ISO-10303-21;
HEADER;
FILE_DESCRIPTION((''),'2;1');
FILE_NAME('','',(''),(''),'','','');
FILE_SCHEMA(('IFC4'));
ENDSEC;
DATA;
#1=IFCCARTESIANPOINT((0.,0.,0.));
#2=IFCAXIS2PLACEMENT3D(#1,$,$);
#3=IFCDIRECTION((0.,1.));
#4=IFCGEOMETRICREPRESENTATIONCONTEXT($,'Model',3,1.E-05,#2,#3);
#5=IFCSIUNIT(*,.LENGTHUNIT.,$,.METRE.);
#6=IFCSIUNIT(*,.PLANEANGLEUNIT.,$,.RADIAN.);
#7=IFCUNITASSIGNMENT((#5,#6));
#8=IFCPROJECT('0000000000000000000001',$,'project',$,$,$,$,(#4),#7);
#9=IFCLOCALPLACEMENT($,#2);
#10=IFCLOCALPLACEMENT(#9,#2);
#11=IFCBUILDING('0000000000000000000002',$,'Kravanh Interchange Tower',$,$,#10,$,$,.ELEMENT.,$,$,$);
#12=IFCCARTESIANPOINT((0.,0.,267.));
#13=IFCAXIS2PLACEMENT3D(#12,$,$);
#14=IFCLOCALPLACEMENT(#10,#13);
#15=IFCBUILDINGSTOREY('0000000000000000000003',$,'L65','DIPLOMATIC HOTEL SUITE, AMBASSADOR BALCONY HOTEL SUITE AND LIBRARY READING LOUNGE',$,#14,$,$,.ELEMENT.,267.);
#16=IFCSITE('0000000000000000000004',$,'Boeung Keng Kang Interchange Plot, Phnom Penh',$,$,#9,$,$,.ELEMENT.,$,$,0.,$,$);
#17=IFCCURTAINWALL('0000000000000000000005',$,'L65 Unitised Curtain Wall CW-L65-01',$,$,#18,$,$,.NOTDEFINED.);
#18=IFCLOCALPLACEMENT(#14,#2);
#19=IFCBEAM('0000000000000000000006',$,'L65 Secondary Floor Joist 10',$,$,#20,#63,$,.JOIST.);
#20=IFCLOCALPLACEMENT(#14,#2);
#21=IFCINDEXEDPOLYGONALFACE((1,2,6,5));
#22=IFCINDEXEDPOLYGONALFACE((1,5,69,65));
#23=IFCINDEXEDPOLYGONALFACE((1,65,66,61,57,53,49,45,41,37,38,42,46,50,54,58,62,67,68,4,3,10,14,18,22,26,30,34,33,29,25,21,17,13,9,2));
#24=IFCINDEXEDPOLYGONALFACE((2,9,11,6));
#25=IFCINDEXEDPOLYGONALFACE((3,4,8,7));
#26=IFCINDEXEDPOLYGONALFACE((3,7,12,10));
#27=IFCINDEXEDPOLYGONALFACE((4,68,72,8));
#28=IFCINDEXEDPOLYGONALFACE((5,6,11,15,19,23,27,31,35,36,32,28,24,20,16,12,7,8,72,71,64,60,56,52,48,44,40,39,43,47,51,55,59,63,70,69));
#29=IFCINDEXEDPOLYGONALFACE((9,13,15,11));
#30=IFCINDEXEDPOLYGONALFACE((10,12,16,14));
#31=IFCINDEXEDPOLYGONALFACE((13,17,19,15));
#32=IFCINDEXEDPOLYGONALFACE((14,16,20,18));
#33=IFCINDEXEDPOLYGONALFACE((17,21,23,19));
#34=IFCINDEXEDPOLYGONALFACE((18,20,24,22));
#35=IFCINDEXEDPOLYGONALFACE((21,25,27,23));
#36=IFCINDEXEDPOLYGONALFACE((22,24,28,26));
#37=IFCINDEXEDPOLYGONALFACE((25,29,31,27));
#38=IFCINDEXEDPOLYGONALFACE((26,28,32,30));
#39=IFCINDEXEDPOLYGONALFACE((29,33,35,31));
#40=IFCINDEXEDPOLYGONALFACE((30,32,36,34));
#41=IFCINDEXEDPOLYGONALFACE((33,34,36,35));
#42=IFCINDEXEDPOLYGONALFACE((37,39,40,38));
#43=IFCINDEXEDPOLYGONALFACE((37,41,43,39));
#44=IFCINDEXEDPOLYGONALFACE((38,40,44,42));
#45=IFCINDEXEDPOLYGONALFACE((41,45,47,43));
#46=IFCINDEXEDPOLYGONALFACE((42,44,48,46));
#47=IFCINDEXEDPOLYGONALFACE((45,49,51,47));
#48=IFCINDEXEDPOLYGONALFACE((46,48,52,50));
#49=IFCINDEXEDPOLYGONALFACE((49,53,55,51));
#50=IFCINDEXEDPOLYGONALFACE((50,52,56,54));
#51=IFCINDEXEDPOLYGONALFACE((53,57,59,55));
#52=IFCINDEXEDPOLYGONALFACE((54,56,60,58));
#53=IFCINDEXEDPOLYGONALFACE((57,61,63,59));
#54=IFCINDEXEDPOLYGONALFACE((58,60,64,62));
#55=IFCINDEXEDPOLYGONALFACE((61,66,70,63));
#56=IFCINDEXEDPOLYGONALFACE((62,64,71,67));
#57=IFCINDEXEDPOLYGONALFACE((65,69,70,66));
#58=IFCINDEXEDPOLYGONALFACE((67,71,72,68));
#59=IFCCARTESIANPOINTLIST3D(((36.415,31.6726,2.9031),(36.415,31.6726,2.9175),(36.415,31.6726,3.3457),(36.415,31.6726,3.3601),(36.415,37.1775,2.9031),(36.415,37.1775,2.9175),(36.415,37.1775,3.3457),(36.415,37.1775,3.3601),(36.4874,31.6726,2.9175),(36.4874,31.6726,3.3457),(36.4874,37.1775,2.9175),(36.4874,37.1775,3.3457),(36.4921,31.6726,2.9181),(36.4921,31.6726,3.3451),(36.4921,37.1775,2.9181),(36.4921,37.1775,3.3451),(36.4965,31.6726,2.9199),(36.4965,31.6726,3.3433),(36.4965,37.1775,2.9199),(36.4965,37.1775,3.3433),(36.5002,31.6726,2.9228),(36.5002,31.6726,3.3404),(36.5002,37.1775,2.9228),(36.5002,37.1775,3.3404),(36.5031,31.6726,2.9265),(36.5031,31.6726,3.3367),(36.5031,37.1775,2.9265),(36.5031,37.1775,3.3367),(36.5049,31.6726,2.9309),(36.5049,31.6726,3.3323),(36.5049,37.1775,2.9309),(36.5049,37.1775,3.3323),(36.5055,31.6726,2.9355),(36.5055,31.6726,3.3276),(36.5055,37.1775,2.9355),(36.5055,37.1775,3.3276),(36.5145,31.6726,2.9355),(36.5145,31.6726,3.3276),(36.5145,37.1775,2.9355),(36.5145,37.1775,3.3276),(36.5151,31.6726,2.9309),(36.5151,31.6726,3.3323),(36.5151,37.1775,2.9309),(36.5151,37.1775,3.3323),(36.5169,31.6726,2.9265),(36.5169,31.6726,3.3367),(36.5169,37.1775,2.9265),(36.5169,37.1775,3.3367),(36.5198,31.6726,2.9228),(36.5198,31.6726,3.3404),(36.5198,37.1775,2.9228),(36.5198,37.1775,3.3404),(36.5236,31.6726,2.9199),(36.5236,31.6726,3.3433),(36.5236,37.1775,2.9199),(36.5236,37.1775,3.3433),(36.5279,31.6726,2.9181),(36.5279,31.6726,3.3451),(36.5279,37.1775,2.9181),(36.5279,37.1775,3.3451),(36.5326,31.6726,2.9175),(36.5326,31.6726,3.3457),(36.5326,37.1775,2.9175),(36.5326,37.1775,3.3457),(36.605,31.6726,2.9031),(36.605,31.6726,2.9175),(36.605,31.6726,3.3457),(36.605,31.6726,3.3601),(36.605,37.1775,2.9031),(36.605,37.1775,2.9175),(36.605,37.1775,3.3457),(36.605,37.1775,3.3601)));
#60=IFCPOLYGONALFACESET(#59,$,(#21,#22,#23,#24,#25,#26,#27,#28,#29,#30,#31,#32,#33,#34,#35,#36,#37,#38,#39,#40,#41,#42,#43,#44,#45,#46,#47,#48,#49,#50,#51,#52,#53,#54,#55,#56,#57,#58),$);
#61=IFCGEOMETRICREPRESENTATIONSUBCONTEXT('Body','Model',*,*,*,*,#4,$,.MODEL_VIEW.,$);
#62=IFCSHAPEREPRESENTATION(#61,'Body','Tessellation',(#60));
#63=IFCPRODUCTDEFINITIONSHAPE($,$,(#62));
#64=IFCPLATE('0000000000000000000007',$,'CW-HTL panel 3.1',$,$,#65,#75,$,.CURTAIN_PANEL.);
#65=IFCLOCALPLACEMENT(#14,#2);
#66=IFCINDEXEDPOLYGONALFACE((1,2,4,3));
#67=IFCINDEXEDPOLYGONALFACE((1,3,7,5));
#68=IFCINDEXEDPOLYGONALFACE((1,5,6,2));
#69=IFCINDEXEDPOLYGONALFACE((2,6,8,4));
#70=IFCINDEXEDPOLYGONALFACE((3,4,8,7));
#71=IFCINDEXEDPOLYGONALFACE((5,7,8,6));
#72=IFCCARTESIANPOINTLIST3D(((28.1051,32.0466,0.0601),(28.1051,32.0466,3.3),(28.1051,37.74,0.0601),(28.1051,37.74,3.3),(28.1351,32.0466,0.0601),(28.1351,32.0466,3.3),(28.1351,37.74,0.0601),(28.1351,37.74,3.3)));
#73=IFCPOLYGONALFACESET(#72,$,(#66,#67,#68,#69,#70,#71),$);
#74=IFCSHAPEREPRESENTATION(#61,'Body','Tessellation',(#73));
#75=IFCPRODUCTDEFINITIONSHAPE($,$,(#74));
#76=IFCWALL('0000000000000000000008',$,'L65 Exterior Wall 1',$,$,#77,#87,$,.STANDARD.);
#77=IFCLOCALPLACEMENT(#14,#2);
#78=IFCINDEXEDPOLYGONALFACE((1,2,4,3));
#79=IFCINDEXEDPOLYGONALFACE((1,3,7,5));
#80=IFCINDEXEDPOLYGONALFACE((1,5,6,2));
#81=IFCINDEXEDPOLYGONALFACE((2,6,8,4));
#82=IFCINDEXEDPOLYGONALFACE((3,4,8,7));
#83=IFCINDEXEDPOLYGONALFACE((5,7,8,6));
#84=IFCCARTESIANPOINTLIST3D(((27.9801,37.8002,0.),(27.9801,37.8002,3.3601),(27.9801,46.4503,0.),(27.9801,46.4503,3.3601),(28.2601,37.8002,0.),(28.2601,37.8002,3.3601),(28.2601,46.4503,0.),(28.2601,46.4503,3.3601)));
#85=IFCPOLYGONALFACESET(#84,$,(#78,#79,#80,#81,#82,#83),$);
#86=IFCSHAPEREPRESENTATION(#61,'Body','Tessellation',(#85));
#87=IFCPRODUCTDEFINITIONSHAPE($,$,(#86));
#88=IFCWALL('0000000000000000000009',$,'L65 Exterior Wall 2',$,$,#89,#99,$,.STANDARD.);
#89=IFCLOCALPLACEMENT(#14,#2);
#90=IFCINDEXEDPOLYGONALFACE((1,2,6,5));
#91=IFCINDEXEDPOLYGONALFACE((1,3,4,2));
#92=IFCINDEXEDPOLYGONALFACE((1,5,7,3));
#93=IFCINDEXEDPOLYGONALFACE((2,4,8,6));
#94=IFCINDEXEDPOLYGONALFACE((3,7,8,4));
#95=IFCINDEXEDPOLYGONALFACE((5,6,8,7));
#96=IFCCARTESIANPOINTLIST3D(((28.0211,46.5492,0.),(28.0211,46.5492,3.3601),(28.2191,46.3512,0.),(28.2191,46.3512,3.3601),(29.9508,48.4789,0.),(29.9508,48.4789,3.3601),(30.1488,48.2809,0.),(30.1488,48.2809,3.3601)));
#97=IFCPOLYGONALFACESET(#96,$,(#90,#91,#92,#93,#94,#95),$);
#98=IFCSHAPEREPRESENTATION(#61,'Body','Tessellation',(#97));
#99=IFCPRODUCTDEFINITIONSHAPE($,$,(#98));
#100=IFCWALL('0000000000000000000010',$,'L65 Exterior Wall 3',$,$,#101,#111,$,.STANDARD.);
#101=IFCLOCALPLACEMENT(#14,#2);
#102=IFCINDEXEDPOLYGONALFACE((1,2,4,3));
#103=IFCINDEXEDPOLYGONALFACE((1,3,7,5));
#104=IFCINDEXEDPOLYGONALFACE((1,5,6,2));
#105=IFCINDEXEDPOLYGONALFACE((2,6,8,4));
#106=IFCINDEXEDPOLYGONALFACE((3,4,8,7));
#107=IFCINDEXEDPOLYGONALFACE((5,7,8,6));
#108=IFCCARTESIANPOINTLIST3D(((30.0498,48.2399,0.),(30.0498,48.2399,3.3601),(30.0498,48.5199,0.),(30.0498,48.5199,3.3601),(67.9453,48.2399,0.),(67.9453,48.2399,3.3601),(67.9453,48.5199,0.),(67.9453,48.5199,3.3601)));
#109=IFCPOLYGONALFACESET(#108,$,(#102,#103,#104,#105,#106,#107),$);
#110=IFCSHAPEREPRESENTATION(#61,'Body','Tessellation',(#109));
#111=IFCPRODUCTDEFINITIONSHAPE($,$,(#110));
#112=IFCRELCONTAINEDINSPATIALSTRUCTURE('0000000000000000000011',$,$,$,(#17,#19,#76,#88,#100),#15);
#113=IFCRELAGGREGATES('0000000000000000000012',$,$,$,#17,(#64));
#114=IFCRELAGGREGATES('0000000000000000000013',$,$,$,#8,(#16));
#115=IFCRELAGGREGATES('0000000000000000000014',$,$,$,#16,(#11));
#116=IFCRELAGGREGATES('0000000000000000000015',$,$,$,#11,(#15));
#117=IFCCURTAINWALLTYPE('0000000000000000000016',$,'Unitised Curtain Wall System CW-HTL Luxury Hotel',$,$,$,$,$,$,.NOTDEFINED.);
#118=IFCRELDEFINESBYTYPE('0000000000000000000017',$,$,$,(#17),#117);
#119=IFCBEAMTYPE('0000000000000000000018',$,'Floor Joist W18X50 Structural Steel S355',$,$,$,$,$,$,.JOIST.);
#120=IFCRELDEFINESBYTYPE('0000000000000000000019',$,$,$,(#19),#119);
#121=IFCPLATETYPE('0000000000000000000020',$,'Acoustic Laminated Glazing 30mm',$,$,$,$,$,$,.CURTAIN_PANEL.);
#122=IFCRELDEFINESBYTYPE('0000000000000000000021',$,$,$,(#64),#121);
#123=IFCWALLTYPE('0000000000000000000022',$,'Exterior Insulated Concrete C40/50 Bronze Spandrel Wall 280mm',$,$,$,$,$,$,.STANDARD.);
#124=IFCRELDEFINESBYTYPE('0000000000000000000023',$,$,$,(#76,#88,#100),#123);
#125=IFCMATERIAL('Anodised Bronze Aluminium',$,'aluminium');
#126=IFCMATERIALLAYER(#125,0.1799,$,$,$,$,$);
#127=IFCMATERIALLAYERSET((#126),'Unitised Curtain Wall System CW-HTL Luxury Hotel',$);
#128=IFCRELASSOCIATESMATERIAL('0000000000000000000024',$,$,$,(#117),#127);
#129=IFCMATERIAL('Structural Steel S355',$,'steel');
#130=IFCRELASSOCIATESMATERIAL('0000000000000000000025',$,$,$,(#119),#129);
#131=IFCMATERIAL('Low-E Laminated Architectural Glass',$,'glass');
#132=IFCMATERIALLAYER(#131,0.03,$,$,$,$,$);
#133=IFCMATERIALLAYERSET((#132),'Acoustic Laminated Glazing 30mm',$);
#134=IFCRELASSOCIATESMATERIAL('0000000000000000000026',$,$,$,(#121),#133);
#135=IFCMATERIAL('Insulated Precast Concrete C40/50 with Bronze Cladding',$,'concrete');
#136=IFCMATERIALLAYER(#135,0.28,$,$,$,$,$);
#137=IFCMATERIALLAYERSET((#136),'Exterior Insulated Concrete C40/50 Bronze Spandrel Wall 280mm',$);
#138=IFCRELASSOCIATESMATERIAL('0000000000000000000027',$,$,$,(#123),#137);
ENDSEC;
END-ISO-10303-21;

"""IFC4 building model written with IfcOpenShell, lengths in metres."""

from ifc_helpers import new_model, si_unit, direction, frame, frame_2d, origin, origin_2d, place, context, subcontext, project, spatial, rectangle, i_section, extrude, material, layer, layer_set, material_profile, profile_set, type_object, element, aggregate, save


model = new_model("IFC4")

# Units and contexts
model_context = context("Model", 3, precision=1e-05, world=origin(), true_north=direction((0.0, 1.0)))
body_context = subcontext(model_context, "Body", "Model", "MODEL_VIEW")
ifc_project = project(units=[si_unit("LENGTHUNIT", "METRE"), si_unit("PLANEANGLEUNIT", "RADIAN")], contexts=[model_context])

# Site, building, storey
site_placement = place(None, origin())
site = spatial("IfcSite", under=ifc_project, at=site_placement, Name="Boeung Keng Kang Interchange Plot, Phnom Penh", CompositionType="ELEMENT", RefElevation=0.0)
building_placement = place(site_placement, origin())
building = spatial("IfcBuilding", under=site, at=building_placement, Name="Kravanh Interchange Tower", CompositionType="ELEMENT")
storey_placement = place(building_placement, frame((0.0, 0.0, 267.0)))
storey = spatial("IfcBuildingStorey", under=building, at=storey_placement, Name="L65", Description="DIPLOMATIC HOTEL SUITE, AMBASSADOR BALCONY HOTEL SUITE AND LIBRARY READING LOUNGE", CompositionType="ELEMENT", Elevation=267.0)

# Curtain wall
ifc_material_1 = material(Name="Anodised Bronze Aluminium", Category="aluminium")
ifc_layer_1 = layer(ifc_material_1, 0.1799)
ifc_layer_set_1 = layer_set([ifc_layer_1], Name="Unitised Curtain Wall System CW-HTL Luxury Hotel")
curtain_wall_type = type_object("IfcCurtainWallType", Name="Unitised Curtain Wall System CW-HTL Luxury Hotel", PredefinedType="NOTDEFINED", material=ifc_layer_set_1)
curtain_wall_placement = place(storey_placement, origin())
curtain_wall = element("IfcCurtainWall", 1, at=curtain_wall_placement, inside=storey, type_object=curtain_wall_type, Name="L65 Unitised Curtain Wall CW-L65-01", PredefinedType="NOTDEFINED")

# Beam
ifc_material_2 = material(Name="Structural Steel S355", Category="steel")
ifc_material_profile_1 = material_profile(ifc_material_2, i_section(OverallWidth=0.1899, OverallDepth=0.457, WebThickness=0.009, FlangeThickness=0.0144, FilletRadius=0.0181, at=origin_2d()), Name="W18X50")
ifc_profile_set_1 = profile_set([ifc_material_profile_1], Name="Structural Steel S355")
beam_type_1 = type_object("IfcBeamType", Name="Floor Joist W18X50 Structural Steel S355", PredefinedType="JOIST", material=ifc_profile_set_1)
beam_1_placement = place(storey_placement, frame((36.51, 31.6726, 3.1316), z_axis=(0.0, 1.0, 0.0), x_axis=(-1.0, 0.0, 0.0)))
element("IfcBeam", 2, at=beam_1_placement, inside=storey, type_object=beam_type_1, Name="L65 Secondary Floor Joist 10", PredefinedType="JOIST", context=body_context, shape_type="SweptSolid", body=[
    extrude(i_section(OverallWidth=0.1899, OverallDepth=0.457, WebThickness=0.009, FlangeThickness=0.0144, FilletRadius=0.0181, at=origin_2d()), origin(), (0.0, 0.0, 1.0), 5.5049),
])

# Plate
ifc_material_3 = material(Name="Low-E Laminated Architectural Glass", Category="glass")
ifc_layer_2 = layer(ifc_material_3, 0.03)
ifc_layer_set_2 = layer_set([ifc_layer_2], Name="Acoustic Laminated Glazing 30mm")
plate_type = type_object("IfcPlateType", Name="Acoustic Laminated Glazing 30mm", PredefinedType="CURTAIN_PANEL", material=ifc_layer_set_2)
plate_placement = place(storey_placement, frame((28.1201, 34.8933, 0.0601), z_axis=(0.0, 0.0, 1.0), x_axis=(0.0, 1.0, 0.0)))
plate = element("IfcPlate", 3, at=plate_placement, type_object=plate_type, Name="CW-HTL panel 3.1", PredefinedType="CURTAIN_PANEL", context=body_context, shape_type="SweptSolid", body=[
    extrude(rectangle(XDim=5.6934, YDim=0.03, at=origin_2d()), origin(), (0.0, 0.0, 1.0), 3.24),
])
aggregate(curtain_wall, [plate])

# Walls
ifc_material_4 = material(Name="Insulated Precast Concrete C40/50 with Bronze Cladding", Category="concrete")
ifc_layer_3 = layer(ifc_material_4, 0.28)
ifc_layer_set_3 = layer_set([ifc_layer_3], Name="Exterior Insulated Concrete C40/50 Bronze Spandrel Wall 280mm")
wall_type_1 = type_object("IfcWallType", Name="Exterior Insulated Concrete C40/50 Bronze Spandrel Wall 280mm", PredefinedType="STANDARD", material=ifc_layer_set_3)
wall_1_placement = place(storey_placement, frame((28.1201, 37.8, 0.0), z_axis=(0.0, 0.0, 1.0), x_axis=(0.0, 1.0, 0.0)))
element("IfcWall", 4, at=wall_1_placement, inside=storey, type_object=wall_type_1, Name="L65 Exterior Wall 1", PredefinedType="STANDARD", context=body_context, shape_type="SweptSolid", body=[
    extrude(rectangle(XDim=8.6501, YDim=0.28, at=frame_2d((4.3252, 0.0))), origin(), (0.0, 0.0, 1.0), 3.3601),
])
wall_2_placement = place(storey_placement, frame((28.1201, 46.4502, 0.0), z_axis=(0.0, 0.0, 1.0), x_axis=(0.707107, 0.707107, 0.0)))
element("IfcWall", 5, at=wall_2_placement, inside=storey, type_object=wall_type_1, Name="L65 Exterior Wall 2", PredefinedType="STANDARD", context=body_context, shape_type="SweptSolid", body=[
    extrude(rectangle(XDim=2.729, YDim=0.28, at=frame_2d((1.3645, 0.0))), origin(), (0.0, 0.0, 1.0), 3.3601),
])
wall_3_placement = place(storey_placement, frame((30.0498, 48.3799, 0.0), z_axis=(0.0, 0.0, 1.0), x_axis=(1.0, 0.0, 0.0)))
element("IfcWall", 6, at=wall_3_placement, inside=storey, type_object=wall_type_1, Name="L65 Exterior Wall 3", PredefinedType="STANDARD", context=body_context, shape_type="SweptSolid", body=[
    extrude(rectangle(XDim=37.8955, YDim=0.28, at=frame_2d((18.9478, 0.0))), origin(), (0.0, 0.0, 1.0), 3.3601),
])

save(model, "model.ifc")
